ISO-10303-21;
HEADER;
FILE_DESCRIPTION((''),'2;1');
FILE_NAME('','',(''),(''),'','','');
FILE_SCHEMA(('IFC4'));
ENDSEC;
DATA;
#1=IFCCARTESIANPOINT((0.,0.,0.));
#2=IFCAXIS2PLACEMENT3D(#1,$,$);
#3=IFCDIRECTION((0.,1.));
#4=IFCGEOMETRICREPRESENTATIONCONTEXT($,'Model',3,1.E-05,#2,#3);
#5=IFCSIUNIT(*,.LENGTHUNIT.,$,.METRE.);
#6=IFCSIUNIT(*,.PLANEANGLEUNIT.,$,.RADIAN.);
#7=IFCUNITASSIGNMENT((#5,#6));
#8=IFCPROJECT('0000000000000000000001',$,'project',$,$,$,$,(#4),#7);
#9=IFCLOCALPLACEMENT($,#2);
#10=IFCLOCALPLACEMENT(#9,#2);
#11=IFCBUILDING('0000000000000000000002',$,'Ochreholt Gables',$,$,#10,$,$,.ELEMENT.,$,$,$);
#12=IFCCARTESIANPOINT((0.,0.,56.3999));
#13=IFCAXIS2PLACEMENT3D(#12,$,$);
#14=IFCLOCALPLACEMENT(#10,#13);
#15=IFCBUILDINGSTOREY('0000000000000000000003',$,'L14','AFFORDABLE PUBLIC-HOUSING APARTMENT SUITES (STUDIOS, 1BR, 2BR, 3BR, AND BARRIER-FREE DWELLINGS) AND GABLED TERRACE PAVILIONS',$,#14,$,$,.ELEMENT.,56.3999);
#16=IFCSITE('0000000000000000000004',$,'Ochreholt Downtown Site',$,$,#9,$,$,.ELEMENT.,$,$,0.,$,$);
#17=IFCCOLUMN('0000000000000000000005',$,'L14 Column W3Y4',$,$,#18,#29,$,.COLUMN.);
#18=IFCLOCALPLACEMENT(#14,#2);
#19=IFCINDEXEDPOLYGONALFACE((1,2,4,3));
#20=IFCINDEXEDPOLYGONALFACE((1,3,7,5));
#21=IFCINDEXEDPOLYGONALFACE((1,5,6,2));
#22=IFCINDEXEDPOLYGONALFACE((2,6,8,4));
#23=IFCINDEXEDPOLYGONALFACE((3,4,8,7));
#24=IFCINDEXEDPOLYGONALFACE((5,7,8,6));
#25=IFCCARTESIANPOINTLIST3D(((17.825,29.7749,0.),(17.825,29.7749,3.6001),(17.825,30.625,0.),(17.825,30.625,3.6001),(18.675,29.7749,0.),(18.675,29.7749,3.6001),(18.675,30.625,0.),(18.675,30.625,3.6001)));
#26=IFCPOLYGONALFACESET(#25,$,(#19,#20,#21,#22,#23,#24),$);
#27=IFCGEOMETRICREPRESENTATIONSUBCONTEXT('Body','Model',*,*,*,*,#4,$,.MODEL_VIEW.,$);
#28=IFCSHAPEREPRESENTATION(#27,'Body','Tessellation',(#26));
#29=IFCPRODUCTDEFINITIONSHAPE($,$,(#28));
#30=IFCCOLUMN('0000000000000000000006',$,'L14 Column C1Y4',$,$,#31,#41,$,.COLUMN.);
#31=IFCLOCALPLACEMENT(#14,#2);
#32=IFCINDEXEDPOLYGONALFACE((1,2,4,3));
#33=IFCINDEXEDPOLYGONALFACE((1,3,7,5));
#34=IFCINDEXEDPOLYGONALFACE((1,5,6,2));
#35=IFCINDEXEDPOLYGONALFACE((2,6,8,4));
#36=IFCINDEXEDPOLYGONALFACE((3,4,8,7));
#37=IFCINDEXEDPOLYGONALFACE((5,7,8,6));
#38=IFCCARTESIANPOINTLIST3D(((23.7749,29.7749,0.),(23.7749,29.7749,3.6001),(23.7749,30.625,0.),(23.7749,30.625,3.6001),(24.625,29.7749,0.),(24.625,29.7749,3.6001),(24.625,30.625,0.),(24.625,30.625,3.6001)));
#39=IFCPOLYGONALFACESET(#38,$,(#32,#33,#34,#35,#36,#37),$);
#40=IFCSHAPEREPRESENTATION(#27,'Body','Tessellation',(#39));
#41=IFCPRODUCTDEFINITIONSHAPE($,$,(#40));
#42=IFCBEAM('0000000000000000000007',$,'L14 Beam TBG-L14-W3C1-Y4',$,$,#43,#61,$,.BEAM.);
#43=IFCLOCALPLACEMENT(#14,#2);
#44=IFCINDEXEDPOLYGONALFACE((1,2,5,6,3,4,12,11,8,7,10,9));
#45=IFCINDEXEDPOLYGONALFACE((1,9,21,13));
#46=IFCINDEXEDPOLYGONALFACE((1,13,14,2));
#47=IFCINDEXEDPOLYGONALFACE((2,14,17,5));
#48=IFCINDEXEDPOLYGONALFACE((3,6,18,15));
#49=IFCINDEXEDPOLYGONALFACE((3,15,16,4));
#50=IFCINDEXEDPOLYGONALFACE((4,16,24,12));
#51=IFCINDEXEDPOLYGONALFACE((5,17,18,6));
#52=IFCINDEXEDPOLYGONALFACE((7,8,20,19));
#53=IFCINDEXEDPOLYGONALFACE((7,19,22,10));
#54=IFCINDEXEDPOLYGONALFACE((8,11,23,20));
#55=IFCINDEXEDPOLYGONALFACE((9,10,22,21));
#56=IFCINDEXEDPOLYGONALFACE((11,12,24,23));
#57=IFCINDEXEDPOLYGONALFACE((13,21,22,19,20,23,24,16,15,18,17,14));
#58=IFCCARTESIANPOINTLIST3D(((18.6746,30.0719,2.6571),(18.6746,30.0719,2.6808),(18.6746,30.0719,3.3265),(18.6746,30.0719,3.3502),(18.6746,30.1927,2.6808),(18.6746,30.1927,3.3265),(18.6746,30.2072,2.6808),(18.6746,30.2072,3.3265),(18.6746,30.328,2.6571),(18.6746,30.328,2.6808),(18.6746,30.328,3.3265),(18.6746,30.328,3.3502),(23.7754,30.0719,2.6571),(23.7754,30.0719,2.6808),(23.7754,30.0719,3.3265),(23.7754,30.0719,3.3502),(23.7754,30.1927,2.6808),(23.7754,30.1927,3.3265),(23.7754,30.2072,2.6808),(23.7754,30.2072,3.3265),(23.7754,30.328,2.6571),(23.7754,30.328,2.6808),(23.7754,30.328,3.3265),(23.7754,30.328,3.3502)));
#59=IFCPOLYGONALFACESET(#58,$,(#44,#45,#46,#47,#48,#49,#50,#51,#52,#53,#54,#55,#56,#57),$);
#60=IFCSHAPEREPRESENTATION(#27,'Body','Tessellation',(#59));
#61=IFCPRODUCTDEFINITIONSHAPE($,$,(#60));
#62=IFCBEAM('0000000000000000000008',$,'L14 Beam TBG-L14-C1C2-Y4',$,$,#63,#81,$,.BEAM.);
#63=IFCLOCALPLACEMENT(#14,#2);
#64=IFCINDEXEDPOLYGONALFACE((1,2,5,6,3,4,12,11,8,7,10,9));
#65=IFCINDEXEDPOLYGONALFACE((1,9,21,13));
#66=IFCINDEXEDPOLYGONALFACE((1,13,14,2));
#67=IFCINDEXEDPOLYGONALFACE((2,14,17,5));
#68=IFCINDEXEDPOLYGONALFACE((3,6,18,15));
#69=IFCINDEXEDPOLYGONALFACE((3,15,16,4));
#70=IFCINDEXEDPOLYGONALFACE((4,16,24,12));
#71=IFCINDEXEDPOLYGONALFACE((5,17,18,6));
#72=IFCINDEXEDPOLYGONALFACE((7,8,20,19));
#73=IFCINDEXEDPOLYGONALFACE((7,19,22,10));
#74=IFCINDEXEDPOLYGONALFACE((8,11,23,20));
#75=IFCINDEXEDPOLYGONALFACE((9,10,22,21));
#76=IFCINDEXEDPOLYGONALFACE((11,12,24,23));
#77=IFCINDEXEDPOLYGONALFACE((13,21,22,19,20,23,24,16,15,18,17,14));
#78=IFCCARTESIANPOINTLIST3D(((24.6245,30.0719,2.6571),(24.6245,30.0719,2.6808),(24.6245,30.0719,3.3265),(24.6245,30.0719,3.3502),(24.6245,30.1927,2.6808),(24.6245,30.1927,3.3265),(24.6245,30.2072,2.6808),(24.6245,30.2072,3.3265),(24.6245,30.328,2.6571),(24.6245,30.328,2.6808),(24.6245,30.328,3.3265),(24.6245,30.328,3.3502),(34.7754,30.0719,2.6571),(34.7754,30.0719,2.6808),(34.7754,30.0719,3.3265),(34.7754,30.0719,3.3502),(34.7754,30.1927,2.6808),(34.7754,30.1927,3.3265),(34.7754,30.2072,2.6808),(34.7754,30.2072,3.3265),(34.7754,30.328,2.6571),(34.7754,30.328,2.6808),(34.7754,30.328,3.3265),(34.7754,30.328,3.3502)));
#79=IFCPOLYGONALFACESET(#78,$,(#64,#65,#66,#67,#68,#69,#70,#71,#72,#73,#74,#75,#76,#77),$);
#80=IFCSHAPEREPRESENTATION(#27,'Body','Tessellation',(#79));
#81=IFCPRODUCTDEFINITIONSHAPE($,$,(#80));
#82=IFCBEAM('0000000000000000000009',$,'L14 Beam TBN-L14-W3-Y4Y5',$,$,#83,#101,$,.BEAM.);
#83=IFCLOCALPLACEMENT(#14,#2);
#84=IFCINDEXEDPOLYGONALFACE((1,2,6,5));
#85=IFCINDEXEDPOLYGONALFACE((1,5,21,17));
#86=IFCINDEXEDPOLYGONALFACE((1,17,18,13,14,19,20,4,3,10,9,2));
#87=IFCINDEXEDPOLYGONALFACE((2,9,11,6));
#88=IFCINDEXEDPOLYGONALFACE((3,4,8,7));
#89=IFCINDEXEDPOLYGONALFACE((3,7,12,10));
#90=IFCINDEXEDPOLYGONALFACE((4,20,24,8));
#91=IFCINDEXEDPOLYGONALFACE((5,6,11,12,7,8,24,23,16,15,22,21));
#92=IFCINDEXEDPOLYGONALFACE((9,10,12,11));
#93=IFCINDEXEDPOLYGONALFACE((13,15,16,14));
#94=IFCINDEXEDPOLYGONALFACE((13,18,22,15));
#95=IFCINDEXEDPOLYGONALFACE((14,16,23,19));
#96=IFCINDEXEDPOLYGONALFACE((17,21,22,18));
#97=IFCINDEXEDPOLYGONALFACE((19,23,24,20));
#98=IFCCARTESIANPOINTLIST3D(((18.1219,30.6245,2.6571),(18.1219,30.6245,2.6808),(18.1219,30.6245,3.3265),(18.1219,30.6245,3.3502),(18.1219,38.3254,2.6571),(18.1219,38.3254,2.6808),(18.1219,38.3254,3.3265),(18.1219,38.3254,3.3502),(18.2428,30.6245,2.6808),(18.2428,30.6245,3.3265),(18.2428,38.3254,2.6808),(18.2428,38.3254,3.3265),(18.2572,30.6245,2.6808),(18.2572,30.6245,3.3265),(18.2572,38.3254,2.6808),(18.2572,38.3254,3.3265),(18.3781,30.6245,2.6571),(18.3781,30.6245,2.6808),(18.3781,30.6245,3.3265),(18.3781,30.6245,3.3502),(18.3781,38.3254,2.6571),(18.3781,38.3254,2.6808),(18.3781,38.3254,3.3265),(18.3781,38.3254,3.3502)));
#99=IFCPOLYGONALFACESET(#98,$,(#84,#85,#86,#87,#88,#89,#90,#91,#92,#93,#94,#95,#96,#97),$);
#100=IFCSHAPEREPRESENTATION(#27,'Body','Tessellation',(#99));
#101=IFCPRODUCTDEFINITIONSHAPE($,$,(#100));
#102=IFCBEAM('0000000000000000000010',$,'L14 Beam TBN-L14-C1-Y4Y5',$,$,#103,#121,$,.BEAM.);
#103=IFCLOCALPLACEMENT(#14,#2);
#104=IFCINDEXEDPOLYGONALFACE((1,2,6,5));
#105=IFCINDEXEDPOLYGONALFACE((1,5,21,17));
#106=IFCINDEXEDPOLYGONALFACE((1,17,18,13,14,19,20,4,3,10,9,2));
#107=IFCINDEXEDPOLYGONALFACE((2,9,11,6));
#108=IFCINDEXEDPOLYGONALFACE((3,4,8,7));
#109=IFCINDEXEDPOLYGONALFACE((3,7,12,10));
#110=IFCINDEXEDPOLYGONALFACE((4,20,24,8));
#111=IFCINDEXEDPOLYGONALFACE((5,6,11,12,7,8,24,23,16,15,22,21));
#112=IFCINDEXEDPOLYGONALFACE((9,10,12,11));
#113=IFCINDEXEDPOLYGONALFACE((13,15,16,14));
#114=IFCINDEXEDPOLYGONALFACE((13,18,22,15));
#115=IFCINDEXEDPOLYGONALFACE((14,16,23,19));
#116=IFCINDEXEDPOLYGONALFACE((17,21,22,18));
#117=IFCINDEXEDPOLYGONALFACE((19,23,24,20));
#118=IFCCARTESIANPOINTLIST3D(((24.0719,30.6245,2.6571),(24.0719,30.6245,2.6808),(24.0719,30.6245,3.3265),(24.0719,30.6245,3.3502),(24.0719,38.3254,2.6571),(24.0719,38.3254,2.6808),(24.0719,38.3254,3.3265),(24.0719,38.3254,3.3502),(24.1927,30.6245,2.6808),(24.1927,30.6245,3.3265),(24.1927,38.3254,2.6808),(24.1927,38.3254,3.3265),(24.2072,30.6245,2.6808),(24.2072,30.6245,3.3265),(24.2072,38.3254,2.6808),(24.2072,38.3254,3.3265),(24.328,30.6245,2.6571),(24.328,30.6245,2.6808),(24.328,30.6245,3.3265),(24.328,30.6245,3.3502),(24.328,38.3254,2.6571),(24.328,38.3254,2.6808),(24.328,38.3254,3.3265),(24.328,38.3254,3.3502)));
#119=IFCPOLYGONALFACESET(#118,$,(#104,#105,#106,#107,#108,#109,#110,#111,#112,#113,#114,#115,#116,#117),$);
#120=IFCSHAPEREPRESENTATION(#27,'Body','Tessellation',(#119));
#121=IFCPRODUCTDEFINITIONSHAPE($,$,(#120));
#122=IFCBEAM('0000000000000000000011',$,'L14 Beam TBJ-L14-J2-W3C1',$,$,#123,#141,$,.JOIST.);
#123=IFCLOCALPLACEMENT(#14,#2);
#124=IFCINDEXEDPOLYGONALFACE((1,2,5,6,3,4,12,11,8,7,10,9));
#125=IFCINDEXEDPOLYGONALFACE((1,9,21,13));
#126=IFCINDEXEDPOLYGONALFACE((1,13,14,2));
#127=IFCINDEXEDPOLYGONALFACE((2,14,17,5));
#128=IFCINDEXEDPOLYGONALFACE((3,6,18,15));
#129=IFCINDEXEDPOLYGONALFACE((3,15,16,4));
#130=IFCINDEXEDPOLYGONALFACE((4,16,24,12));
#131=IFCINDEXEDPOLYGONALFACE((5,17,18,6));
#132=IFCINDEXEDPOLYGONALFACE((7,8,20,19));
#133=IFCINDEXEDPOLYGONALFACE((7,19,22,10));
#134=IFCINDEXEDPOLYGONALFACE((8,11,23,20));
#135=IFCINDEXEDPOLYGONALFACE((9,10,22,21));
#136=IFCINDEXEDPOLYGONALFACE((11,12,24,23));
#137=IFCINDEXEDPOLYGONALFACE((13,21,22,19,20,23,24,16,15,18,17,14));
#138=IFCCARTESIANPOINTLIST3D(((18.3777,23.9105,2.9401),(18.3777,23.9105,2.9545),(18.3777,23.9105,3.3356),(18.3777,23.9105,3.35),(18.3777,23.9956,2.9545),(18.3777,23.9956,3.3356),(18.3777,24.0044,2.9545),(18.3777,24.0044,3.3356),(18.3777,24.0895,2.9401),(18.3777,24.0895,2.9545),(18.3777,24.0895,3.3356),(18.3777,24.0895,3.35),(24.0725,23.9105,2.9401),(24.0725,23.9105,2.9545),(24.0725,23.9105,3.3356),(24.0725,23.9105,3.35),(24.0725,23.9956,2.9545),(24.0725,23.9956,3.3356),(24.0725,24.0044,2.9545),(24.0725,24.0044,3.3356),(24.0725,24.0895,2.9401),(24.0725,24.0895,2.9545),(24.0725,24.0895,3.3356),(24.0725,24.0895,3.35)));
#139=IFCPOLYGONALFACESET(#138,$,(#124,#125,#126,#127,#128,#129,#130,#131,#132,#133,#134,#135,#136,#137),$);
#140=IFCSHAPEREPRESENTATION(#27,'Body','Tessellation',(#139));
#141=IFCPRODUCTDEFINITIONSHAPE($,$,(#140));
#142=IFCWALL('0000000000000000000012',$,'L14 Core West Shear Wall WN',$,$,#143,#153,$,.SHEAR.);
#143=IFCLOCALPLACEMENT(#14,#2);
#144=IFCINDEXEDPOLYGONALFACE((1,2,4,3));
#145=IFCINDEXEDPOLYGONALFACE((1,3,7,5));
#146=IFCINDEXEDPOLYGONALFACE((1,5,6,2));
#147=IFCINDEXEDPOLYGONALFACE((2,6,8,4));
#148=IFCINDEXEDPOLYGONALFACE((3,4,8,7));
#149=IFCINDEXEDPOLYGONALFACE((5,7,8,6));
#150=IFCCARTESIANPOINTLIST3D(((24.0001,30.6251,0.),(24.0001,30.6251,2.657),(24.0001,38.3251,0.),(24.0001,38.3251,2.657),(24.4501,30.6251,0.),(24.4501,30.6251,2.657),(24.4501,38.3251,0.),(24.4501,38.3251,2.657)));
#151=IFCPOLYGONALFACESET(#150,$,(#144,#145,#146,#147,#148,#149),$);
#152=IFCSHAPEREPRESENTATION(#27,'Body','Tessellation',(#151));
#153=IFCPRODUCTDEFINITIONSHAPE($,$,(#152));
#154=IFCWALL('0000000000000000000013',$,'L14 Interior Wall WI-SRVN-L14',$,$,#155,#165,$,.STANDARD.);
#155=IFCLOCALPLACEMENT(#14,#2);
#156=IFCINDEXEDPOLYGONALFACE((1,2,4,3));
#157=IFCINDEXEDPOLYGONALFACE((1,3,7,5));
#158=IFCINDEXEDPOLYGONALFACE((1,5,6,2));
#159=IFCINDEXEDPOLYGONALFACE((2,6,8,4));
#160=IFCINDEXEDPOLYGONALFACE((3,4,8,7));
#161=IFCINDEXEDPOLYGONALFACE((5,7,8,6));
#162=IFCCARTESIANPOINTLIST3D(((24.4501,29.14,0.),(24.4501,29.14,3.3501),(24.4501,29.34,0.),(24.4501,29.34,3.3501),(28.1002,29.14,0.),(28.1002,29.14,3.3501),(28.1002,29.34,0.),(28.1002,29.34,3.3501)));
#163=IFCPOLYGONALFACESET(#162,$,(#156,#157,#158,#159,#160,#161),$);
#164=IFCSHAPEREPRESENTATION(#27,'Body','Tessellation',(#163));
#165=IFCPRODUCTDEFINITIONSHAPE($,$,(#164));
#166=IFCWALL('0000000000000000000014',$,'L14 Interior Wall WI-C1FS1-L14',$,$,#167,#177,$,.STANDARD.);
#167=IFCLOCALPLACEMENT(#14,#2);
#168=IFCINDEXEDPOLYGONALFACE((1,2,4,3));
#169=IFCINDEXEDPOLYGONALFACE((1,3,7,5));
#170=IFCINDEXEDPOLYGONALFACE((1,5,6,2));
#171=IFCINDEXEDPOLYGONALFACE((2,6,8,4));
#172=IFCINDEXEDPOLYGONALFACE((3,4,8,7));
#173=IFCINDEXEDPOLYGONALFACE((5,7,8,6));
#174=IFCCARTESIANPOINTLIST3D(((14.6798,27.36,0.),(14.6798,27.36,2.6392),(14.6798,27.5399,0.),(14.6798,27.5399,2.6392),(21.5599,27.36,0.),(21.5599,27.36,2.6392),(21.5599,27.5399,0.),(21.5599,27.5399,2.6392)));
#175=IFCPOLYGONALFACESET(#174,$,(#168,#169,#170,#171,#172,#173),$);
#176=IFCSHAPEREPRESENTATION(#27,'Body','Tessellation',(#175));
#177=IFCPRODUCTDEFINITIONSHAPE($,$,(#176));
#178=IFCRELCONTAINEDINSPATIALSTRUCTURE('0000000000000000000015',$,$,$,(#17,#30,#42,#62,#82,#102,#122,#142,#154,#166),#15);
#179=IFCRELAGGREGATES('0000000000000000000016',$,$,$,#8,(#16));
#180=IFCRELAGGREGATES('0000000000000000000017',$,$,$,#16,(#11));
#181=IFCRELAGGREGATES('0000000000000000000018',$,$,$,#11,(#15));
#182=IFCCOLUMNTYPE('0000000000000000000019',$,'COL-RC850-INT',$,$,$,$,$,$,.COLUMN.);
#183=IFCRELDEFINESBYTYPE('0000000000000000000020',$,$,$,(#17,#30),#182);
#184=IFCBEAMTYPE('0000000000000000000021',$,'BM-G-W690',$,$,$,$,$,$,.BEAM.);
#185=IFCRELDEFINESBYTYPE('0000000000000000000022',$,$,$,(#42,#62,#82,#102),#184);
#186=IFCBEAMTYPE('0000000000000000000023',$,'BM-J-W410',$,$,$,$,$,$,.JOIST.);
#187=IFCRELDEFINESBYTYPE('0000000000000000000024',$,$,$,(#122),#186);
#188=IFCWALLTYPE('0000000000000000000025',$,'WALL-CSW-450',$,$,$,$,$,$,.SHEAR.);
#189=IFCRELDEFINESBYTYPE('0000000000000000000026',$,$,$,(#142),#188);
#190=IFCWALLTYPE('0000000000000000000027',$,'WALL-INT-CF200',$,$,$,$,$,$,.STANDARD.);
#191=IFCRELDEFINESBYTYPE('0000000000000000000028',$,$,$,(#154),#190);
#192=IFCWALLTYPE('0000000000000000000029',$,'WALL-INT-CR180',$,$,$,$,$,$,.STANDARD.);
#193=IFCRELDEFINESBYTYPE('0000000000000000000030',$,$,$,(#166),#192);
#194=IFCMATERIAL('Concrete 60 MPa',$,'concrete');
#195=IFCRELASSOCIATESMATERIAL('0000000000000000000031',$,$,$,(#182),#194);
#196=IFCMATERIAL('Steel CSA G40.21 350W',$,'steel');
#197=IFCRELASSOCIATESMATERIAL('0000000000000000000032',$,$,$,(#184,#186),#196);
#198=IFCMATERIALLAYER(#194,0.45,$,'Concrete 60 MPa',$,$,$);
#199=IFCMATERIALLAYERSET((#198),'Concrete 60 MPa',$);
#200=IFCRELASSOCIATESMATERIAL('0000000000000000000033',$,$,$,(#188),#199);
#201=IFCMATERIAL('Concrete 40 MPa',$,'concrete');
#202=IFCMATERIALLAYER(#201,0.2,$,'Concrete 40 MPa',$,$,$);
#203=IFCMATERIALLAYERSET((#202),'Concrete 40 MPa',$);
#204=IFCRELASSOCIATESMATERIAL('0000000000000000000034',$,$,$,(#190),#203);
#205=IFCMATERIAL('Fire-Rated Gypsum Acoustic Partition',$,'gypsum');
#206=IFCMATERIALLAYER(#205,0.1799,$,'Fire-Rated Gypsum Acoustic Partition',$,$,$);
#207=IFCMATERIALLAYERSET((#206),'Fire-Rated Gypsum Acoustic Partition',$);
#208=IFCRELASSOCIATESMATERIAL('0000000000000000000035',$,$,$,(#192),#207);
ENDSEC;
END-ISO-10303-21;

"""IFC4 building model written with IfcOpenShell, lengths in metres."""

from ifc_helpers import new_model, si_unit, direction, frame, frame_2d, origin, origin_2d, place, context, subcontext, project, spatial, rectangle, i_section, extrude, material, layer, layer_set, material_profile, profile_set, type_object, element, save


model = new_model("IFC4")

# Units and contexts
model_context = context("Model", 3, precision=1e-05, world=origin(), true_north=direction((0.0, 1.0)))
body_context = subcontext(model_context, "Body", "Model", "MODEL_VIEW")
ifc_project = project(units=[si_unit("LENGTHUNIT", "METRE"), si_unit("PLANEANGLEUNIT", "RADIAN")], contexts=[model_context])

# Site, building, storey
site_placement = place(None, origin())
site = spatial("IfcSite", under=ifc_project, at=site_placement, Name="Ochreholt Downtown Site", CompositionType="ELEMENT", RefElevation=0.0)
building_placement = place(site_placement, origin())
building = spatial("IfcBuilding", under=site, at=building_placement, Name="Ochreholt Gables", CompositionType="ELEMENT")
storey_placement = place(building_placement, frame((0.0, 0.0, 56.3999)))
storey = spatial("IfcBuildingStorey", under=building, at=storey_placement, Name="L14", Description="AFFORDABLE PUBLIC-HOUSING APARTMENT SUITES (STUDIOS, 1BR, 2BR, 3BR, AND BARRIER-FREE DWELLINGS) AND GABLED TERRACE PAVILIONS", CompositionType="ELEMENT", Elevation=56.3999)

# Columns
ifc_material_1 = material(Name="Concrete 60 MPa", Category="concrete")
ifc_material_profile_1 = material_profile(ifc_material_1, rectangle(XDim=0.8501, YDim=0.8501, at=origin_2d()), Name="RC850X850")
ifc_profile_set_1 = profile_set([ifc_material_profile_1], Name="Concrete 60 MPa")
column_type = type_object("IfcColumnType", Name="COL-RC850-INT", PredefinedType="COLUMN", material=ifc_profile_set_1)
for number, where, z_axis, x_axis, name in (
    (1, (18.25, 30.2, 0.0), (0.0, 0.0, 1.0), (1.0, 0.0, 0.0), "L14 Column W3Y4"),
    (2, (24.2, 30.2, 0.0), (0.0, 0.0, 1.0), (1.0, 0.0, 0.0), "L14 Column C1Y4"),
):
    element("IfcColumn", number, at=place(storey_placement, frame(where, z_axis=z_axis, x_axis=x_axis)), inside=storey, type_object=column_type, Name=name, PredefinedType="COLUMN", context=body_context, shape_type="SweptSolid", body=[
        extrude(rectangle(XDim=0.8501, YDim=0.8501, at=origin_2d()), origin(), (0.0, 0.0, 1.0), 3.6001),
    ])

# Beams
ifc_material_2 = material(Name="Steel CSA G40.21 350W", Category="steel")
ifc_material_profile_2 = material_profile(ifc_material_2, i_section(OverallWidth=0.2561, OverallDepth=0.6931, WebThickness=0.0144, FlangeThickness=0.0237, at=origin_2d()), Name="W690X170")
ifc_profile_set_2 = profile_set([ifc_material_profile_2], Name="Steel CSA G40.21 350W")
beam_type_1 = type_object("IfcBeamType", Name="BM-G-W690", PredefinedType="BEAM", material=ifc_profile_set_2)
beam_1_placement = place(storey_placement, frame((18.6746, 30.2, 3.0037), z_axis=(1.0, 0.0, 0.0), x_axis=(0.0, 1.0, 0.0)))
element("IfcBeam", 3, at=beam_1_placement, inside=storey, type_object=beam_type_1, Name="L14 Beam TBG-L14-W3C1-Y4", PredefinedType="BEAM", context=body_context, shape_type="SweptSolid", body=[
    extrude(i_section(OverallWidth=0.2561, OverallDepth=0.6931, WebThickness=0.0144, FlangeThickness=0.0237, at=origin_2d()), origin(), (0.0, 0.0, 1.0), 5.1008),
])
beam_2_placement = place(storey_placement, frame((24.6245, 30.2, 3.0037), z_axis=(1.0, 0.0, 0.0), x_axis=(0.0, 1.0, 0.0)))
element("IfcBeam", 4, at=beam_2_placement, inside=storey, type_object=beam_type_1, Name="L14 Beam TBG-L14-C1C2-Y4", PredefinedType="BEAM", context=body_context, shape_type="SweptSolid", body=[
    extrude(i_section(OverallWidth=0.2561, OverallDepth=0.6931, WebThickness=0.0144, FlangeThickness=0.0237, at=origin_2d()), origin(), (0.0, 0.0, 1.0), 10.1509),
])
for number, where, z_axis, x_axis, name in (
    (5, (18.25, 30.6245, 3.0037), (0.0, 1.0, 0.0), (-1.0, 0.0, 0.0), "L14 Beam TBN-L14-W3-Y4Y5"),
    (6, (24.2, 30.6245, 3.0037), (0.0, 1.0, 0.0), (-1.0, 0.0, 0.0), "L14 Beam TBN-L14-C1-Y4Y5"),
):
    element("IfcBeam", number, at=place(storey_placement, frame(where, z_axis=z_axis, x_axis=x_axis)), inside=storey, type_object=beam_type_1, Name=name, PredefinedType="BEAM", context=body_context, shape_type="SweptSolid", body=[
        extrude(i_section(OverallWidth=0.2561, OverallDepth=0.6931, WebThickness=0.0144, FlangeThickness=0.0237, at=origin_2d()), origin(), (0.0, 0.0, 1.0), 7.7009),
    ])
ifc_material_profile_3 = material_profile(ifc_material_2, i_section(OverallWidth=0.179, OverallDepth=0.4099, WebThickness=0.0088, FlangeThickness=0.0144, at=origin_2d()), Name="W410X67")
ifc_profile_set_3 = profile_set([ifc_material_profile_3], Name="Steel CSA G40.21 350W")
beam_type_2 = type_object("IfcBeamType", Name="BM-J-W410", PredefinedType="JOIST", material=ifc_profile_set_3)
beam_3_placement = place(storey_placement, frame((18.3777, 24.0, 3.145), z_axis=(1.0, 0.0, 0.0), x_axis=(0.0, 1.0, 0.0)))
element("IfcBeam", 7, at=beam_3_placement, inside=storey, type_object=beam_type_2, Name="L14 Beam TBJ-L14-J2-W3C1", PredefinedType="JOIST", context=body_context, shape_type="SweptSolid", body=[
    extrude(i_section(OverallWidth=0.179, OverallDepth=0.4099, WebThickness=0.0088, FlangeThickness=0.0144, at=origin_2d()), origin(), (0.0, 0.0, 1.0), 5.6948),
])

# Walls
ifc_layer_1 = layer(ifc_material_1, 0.45, Name="Concrete 60 MPa")
ifc_layer_set_1 = layer_set([ifc_layer_1], Name="Concrete 60 MPa")
wall_type_1 = type_object("IfcWallType", Name="WALL-CSW-450", PredefinedType="SHEAR", material=ifc_layer_set_1)
wall_1_placement = place(storey_placement, frame((24.2251, 30.625, 0.0), z_axis=(0.0, 0.0, 1.0), x_axis=(0.0, 1.0, 0.0)))
element("IfcWall", 8, at=wall_1_placement, inside=storey, type_object=wall_type_1, Name="L14 Core West Shear Wall WN", PredefinedType="SHEAR", context=body_context, shape_type="SweptSolid", body=[
    extrude(rectangle(XDim=7.7, YDim=0.45, at=frame_2d((3.8501, 0.0))), origin(), (0.0, 0.0, 1.0), 2.657),
])
ifc_material_3 = material(Name="Concrete 40 MPa", Category="concrete")
ifc_layer_2 = layer(ifc_material_3, 0.2, Name="Concrete 40 MPa")
ifc_layer_set_2 = layer_set([ifc_layer_2], Name="Concrete 40 MPa")
wall_type_2 = type_object("IfcWallType", Name="WALL-INT-CF200", PredefinedType="STANDARD", material=ifc_layer_set_2)
wall_2_placement = place(storey_placement, frame((24.45, 29.24, 0.0), z_axis=(0.0, 0.0, 1.0), x_axis=(1.0, 0.0, 0.0)))
element("IfcWall", 9, at=wall_2_placement, inside=storey, type_object=wall_type_2, Name="L14 Interior Wall WI-SRVN-L14", PredefinedType="STANDARD", context=body_context, shape_type="SweptSolid", body=[
    extrude(rectangle(XDim=3.6501, YDim=0.2, at=frame_2d((1.8252, 0.0))), origin(), (0.0, 0.0, 1.0), 3.3501),
])
ifc_material_4 = material(Name="Fire-Rated Gypsum Acoustic Partition", Category="gypsum")
ifc_layer_3 = layer(ifc_material_4, 0.1799, Name="Fire-Rated Gypsum Acoustic Partition")
ifc_layer_set_3 = layer_set([ifc_layer_3], Name="Fire-Rated Gypsum Acoustic Partition")
wall_type_3 = type_object("IfcWallType", Name="WALL-INT-CR180", PredefinedType="STANDARD", material=ifc_layer_set_3)
wall_3_placement = place(storey_placement, frame((14.6799, 27.45, 0.0), z_axis=(0.0, 0.0, 1.0), x_axis=(1.0, 0.0, 0.0)))
element("IfcWall", 10, at=wall_3_placement, inside=storey, type_object=wall_type_3, Name="L14 Interior Wall WI-C1FS1-L14", PredefinedType="STANDARD", context=body_context, shape_type="SweptSolid", body=[
    extrude(rectangle(XDim=6.8801, YDim=0.1799, at=frame_2d((3.4399, 0.0))), origin(), (0.0, 0.0, 1.0), 2.6392),
])

save(model, "model.ifc")
